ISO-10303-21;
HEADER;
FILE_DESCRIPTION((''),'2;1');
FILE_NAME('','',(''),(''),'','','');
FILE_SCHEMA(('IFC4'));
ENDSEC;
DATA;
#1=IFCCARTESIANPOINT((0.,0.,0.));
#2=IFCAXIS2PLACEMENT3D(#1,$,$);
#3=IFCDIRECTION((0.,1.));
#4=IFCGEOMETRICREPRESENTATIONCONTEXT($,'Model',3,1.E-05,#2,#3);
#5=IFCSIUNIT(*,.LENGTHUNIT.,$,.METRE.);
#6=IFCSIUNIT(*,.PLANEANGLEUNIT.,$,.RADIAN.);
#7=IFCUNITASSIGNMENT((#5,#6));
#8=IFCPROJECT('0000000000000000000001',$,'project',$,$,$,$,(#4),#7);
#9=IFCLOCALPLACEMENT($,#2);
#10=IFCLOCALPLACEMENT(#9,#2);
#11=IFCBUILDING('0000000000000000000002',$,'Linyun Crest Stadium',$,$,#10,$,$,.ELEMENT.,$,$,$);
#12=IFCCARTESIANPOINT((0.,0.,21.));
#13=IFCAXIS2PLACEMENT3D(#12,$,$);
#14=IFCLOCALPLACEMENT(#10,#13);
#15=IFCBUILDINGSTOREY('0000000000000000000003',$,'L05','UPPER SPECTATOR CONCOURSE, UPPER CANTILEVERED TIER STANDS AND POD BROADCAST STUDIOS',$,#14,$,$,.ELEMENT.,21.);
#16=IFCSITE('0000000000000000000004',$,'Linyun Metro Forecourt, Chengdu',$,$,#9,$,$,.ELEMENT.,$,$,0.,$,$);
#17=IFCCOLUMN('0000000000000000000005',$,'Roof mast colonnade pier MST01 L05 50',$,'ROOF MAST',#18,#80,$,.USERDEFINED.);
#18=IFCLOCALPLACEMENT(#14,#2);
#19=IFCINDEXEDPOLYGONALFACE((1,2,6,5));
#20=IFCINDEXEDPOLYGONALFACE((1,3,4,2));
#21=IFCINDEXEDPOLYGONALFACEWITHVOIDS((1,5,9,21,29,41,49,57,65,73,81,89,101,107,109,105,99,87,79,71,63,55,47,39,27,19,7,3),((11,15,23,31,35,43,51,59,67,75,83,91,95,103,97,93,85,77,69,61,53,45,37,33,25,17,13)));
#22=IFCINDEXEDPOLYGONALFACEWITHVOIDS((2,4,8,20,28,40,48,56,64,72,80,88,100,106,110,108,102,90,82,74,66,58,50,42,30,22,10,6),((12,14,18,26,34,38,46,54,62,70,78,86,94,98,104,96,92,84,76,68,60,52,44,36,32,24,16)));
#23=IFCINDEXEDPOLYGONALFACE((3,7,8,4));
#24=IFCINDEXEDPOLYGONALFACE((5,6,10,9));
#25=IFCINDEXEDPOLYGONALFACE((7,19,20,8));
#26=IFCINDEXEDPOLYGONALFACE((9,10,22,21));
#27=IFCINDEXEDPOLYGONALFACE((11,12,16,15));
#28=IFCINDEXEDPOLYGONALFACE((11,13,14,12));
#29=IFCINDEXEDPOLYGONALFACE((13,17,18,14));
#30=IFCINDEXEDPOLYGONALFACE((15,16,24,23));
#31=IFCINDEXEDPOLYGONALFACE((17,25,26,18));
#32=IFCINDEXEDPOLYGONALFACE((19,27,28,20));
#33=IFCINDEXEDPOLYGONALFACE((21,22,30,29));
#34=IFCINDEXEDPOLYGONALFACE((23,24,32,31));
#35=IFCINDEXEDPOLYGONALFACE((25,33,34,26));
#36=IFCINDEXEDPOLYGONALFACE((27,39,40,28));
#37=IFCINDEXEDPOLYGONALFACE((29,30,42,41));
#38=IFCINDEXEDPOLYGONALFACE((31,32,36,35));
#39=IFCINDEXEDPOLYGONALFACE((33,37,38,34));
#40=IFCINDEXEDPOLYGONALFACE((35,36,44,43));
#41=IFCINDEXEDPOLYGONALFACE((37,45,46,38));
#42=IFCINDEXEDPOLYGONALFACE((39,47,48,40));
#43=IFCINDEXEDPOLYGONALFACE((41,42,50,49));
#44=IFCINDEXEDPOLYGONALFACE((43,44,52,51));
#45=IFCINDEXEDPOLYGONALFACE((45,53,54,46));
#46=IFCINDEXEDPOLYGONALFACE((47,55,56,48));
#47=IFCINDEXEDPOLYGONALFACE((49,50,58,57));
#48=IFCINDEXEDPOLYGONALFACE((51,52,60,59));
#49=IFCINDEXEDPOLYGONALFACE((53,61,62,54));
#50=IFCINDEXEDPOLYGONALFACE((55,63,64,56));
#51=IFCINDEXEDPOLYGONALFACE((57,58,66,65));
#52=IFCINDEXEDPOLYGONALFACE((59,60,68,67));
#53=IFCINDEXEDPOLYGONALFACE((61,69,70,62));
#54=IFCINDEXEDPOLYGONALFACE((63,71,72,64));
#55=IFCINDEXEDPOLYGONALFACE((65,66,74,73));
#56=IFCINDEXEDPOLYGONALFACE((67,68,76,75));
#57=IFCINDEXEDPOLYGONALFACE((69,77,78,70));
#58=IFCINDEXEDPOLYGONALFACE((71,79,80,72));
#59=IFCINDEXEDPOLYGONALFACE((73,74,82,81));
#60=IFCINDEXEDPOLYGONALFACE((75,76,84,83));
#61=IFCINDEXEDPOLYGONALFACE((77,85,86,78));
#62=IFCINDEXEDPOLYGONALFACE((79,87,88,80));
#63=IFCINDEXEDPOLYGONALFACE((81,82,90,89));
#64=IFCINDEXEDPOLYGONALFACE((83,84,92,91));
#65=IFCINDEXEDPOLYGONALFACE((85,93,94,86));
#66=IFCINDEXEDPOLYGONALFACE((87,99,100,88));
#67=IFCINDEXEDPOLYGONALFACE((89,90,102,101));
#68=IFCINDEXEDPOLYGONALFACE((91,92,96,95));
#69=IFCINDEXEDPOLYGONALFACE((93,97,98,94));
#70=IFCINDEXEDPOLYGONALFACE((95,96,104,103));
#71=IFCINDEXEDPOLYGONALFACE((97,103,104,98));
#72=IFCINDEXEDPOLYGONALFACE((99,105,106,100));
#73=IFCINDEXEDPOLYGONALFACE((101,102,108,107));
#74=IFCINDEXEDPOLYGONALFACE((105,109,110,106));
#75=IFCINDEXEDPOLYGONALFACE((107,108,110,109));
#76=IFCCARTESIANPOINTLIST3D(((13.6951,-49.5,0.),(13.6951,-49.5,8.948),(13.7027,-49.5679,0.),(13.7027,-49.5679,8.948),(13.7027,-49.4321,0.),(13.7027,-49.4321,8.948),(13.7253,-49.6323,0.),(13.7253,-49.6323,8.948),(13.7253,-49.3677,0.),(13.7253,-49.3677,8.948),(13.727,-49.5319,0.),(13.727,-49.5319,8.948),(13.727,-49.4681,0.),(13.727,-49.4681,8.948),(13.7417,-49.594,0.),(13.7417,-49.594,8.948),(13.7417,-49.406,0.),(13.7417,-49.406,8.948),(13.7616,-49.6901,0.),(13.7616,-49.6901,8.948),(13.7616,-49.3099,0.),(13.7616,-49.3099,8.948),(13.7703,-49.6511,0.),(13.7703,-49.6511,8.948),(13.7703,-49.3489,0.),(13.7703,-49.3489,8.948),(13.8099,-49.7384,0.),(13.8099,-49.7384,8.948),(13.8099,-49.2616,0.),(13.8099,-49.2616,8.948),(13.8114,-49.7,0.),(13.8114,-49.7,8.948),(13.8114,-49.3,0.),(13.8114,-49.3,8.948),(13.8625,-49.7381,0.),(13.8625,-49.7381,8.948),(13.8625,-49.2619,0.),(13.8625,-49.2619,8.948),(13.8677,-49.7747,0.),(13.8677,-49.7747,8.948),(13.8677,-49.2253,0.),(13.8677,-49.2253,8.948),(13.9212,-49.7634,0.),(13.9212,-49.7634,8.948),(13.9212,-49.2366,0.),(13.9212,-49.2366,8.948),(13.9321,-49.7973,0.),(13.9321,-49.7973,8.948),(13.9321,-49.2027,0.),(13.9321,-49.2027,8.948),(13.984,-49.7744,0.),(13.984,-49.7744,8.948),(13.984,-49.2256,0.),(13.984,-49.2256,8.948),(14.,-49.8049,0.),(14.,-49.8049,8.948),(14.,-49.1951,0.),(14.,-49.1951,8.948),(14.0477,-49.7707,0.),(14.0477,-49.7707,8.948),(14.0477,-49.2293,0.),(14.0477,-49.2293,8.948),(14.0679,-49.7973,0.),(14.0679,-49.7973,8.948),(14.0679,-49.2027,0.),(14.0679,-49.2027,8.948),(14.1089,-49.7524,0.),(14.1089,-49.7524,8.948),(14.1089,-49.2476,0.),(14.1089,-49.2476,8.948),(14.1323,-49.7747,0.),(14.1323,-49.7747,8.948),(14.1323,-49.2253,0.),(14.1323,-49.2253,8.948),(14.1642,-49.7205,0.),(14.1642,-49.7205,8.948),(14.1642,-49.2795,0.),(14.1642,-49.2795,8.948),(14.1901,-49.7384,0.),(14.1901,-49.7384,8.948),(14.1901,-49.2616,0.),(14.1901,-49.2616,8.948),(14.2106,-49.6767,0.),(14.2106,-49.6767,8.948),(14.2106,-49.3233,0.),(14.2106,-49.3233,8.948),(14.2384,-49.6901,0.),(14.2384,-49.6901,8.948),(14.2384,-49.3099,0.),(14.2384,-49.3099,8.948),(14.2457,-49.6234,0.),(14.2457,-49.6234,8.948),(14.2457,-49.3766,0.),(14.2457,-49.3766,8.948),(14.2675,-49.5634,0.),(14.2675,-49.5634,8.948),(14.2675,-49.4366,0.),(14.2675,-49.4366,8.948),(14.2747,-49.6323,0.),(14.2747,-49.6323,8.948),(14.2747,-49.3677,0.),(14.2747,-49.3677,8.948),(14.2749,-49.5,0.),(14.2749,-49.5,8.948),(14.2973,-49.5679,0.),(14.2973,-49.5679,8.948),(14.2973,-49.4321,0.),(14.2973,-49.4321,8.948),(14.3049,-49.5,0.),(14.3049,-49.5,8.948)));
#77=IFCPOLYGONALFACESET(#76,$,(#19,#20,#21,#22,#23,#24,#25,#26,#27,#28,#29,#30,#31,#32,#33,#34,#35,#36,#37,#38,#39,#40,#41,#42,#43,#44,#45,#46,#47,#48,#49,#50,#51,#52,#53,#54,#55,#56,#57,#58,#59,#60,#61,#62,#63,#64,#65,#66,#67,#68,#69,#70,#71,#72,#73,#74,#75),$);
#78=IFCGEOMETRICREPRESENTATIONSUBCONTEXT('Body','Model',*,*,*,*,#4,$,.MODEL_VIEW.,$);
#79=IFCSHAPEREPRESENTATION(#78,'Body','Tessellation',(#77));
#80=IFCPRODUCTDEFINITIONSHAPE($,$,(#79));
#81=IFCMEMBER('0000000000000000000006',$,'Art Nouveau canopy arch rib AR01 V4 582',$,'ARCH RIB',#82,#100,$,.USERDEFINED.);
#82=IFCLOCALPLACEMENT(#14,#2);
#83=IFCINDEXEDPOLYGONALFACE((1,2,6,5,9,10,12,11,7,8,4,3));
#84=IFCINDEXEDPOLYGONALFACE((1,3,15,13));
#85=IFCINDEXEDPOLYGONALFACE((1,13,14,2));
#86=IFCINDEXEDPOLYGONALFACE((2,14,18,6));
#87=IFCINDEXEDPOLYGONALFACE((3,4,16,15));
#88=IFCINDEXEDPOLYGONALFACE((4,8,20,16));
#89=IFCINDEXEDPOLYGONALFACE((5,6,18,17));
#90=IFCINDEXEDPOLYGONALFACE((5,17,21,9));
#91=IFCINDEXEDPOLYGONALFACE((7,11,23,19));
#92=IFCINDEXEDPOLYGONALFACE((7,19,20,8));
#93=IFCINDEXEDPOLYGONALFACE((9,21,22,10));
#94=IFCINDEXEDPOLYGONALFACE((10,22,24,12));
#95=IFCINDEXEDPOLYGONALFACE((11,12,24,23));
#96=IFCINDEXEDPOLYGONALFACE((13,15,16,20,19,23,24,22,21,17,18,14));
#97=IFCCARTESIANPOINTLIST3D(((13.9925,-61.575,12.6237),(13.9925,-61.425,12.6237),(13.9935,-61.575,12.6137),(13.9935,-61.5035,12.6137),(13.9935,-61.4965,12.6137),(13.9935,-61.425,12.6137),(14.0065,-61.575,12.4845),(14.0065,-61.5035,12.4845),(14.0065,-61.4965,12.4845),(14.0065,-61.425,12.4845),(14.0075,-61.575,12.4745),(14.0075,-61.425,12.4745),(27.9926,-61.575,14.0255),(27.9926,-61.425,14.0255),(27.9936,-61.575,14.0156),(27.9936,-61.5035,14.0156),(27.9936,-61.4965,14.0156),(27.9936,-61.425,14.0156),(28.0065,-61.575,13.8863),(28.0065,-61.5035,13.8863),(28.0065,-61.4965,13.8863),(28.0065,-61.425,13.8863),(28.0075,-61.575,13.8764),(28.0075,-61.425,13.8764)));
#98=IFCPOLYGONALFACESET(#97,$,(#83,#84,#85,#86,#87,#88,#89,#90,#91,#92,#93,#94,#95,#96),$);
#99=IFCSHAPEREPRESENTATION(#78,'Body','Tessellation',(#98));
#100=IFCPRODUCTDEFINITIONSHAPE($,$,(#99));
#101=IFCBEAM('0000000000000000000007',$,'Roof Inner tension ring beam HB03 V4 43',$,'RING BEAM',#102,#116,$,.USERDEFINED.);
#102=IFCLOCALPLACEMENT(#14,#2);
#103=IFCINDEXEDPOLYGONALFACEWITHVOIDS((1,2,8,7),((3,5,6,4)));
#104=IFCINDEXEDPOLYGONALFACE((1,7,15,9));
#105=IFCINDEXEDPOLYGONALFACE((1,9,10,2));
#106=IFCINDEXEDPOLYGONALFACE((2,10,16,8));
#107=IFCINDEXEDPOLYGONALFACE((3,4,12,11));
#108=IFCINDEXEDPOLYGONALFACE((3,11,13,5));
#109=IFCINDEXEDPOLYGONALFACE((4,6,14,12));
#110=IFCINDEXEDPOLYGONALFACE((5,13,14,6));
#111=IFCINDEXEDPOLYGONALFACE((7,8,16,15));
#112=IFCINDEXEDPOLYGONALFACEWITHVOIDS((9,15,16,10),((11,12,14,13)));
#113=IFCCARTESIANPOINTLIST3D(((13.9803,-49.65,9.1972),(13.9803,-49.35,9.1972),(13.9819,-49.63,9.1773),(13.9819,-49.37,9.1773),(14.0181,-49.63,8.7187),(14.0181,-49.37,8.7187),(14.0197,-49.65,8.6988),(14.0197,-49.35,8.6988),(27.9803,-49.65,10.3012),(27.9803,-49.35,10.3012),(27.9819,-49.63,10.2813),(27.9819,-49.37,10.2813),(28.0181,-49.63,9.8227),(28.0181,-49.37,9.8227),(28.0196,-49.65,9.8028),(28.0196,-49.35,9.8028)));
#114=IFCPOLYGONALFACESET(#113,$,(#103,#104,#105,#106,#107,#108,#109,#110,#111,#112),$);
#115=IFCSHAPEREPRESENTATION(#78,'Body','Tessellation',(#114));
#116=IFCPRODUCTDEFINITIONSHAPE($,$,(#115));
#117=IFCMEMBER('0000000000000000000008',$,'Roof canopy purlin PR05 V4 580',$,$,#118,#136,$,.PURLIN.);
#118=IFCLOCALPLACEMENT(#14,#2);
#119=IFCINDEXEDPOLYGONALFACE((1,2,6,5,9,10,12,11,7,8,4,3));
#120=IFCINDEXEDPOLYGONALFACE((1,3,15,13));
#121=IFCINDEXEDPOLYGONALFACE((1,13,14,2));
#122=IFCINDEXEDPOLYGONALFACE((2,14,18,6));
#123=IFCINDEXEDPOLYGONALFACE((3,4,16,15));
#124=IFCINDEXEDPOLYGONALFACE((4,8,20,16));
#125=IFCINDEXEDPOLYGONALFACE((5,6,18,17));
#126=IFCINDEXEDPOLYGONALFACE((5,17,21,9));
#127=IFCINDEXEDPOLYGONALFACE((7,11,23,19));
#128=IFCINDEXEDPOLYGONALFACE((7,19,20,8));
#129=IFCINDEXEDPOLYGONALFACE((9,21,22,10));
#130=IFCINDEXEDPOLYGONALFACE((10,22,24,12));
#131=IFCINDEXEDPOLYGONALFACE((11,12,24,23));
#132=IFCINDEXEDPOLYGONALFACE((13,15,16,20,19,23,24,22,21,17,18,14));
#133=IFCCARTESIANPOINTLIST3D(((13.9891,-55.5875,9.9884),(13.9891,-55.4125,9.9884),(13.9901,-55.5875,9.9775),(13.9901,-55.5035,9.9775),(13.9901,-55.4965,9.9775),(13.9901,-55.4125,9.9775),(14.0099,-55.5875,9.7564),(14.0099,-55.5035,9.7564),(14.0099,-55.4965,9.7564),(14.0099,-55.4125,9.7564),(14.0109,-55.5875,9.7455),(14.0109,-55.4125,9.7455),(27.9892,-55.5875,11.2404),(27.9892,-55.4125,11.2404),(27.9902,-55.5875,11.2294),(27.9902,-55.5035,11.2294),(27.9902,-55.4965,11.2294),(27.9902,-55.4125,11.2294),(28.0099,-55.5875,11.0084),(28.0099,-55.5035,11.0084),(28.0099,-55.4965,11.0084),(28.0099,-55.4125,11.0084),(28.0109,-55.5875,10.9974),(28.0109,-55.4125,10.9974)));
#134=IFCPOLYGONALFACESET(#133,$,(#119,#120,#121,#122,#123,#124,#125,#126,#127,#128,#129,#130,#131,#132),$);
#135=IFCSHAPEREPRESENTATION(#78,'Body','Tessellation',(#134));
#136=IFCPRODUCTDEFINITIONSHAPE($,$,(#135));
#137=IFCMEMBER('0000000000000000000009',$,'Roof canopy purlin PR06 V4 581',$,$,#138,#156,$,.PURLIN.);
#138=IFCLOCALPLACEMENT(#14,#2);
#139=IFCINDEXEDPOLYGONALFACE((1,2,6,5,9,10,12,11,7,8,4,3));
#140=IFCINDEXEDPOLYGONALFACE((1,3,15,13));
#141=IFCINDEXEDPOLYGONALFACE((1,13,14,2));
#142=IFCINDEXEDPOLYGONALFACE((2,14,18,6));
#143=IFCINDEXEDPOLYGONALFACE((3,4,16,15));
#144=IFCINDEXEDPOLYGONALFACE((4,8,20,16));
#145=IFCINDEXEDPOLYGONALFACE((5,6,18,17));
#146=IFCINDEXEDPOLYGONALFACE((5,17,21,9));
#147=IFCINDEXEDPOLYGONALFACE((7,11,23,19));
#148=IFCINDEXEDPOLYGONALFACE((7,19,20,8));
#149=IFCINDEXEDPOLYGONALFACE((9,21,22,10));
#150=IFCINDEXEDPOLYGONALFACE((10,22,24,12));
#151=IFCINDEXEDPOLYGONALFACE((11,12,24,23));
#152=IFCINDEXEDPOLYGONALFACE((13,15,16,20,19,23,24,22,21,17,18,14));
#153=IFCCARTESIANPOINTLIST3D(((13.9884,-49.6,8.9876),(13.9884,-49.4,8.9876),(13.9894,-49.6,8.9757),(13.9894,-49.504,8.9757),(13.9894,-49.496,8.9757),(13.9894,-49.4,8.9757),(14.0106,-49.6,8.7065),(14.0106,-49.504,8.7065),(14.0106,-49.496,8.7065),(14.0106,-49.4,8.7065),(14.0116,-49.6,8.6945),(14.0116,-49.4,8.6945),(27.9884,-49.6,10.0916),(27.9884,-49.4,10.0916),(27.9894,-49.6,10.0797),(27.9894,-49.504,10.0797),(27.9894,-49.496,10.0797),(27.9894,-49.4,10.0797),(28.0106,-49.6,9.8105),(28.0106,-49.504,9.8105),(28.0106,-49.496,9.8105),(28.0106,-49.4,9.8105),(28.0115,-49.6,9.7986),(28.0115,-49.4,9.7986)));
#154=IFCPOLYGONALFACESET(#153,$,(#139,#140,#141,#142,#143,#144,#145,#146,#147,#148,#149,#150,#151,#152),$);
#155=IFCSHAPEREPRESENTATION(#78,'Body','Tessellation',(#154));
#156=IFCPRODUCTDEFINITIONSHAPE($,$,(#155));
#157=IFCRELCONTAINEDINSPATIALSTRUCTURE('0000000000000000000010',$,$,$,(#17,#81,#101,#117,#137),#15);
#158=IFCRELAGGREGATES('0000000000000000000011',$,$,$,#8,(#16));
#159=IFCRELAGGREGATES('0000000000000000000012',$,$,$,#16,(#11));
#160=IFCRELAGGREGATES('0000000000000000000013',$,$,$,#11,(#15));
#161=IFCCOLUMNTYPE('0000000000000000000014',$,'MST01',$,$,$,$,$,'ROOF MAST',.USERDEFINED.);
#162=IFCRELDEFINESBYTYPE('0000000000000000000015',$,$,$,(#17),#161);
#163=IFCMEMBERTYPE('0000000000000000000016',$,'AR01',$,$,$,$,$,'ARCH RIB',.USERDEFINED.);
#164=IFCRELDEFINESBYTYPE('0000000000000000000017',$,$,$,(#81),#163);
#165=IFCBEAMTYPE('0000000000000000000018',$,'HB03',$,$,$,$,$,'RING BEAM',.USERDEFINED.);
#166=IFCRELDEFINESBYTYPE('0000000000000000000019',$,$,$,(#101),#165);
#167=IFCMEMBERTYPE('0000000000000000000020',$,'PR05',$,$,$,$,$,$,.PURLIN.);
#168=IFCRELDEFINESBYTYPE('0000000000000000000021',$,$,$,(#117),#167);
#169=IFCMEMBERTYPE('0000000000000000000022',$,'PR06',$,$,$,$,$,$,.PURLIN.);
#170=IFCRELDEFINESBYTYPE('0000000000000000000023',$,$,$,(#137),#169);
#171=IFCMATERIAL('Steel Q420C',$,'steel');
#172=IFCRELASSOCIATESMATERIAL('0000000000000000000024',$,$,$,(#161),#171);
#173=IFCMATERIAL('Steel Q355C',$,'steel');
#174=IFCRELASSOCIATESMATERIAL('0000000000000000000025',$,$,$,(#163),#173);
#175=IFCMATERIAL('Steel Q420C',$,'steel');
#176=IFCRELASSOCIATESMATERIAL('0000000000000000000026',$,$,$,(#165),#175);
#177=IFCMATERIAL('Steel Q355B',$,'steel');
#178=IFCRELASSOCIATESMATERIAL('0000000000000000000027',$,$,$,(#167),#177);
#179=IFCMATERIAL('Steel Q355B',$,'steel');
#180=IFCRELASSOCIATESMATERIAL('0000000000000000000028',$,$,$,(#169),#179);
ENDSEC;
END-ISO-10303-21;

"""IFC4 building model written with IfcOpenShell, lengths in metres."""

from ifc_helpers import new_model, si_unit, direction, frame, origin, origin_2d, place, context, subcontext, project, spatial, hollow_rectangle, hollow_circle, i_section, extrude, material, material_profile, profile_set, type_object, element, save


model = new_model("IFC4")

# Units and contexts
model_context = context("Model", 3, precision=1e-05, world=origin(), true_north=direction((0.0, 1.0)))
body_context = subcontext(model_context, "Body", "Model", "MODEL_VIEW")
ifc_project = project(units=[si_unit("LENGTHUNIT", "METRE"), si_unit("PLANEANGLEUNIT", "RADIAN")], contexts=[model_context])

# Site, building, storey
site_placement = place(None, origin())
site = spatial("IfcSite", under=ifc_project, at=site_placement, Name="Linyun Metro Forecourt, Chengdu", CompositionType="ELEMENT", RefElevation=0.0)
building_placement = place(site_placement, origin())
building = spatial("IfcBuilding", under=site, at=building_placement, Name="Linyun Crest Stadium", CompositionType="ELEMENT")
storey_placement = place(building_placement, frame((0.0, 0.0, 21.0)))
storey = spatial("IfcBuildingStorey", under=building, at=storey_placement, Name="L05", Description="UPPER SPECTATOR CONCOURSE, UPPER CANTILEVERED TIER STANDS AND POD BROADCAST STUDIOS", CompositionType="ELEMENT", Elevation=21.0)

# Column
ifc_material_1 = material(Name="Steel Q420C", Category="steel")
ifc_material_profile_1 = material_profile(ifc_material_1, hollow_circle(Radius=0.3049, WallThickness=0.03, at=origin_2d()), Name="CHS 610x30")
ifc_profile_set_1 = profile_set([ifc_material_profile_1], Name="Steel Q420C")
column_type = type_object("IfcColumnType", Name="MST01", ElementType="ROOF MAST", PredefinedType="USERDEFINED", material=ifc_profile_set_1)
column_placement = place(storey_placement, frame((14.0, -49.5, 0.0), z_axis=(0.0, 0.0, 1.0), x_axis=(1.0, 0.0, 0.0)))
element("IfcColumn", 1, at=column_placement, inside=storey, type_object=column_type, Name="Roof mast colonnade pier MST01 L05 50", ObjectType="ROOF MAST", PredefinedType="USERDEFINED", context=body_context, shape_type="SweptSolid", body=[
    extrude(hollow_circle(Radius=0.3049, WallThickness=0.03, at=origin_2d()), origin(), (0.0, 0.0, 1.0), 8.948),
])

# Member
ifc_material_2 = material(Name="Steel Q355C", Category="steel")
ifc_material_profile_2 = material_profile(ifc_material_2, i_section(OverallWidth=0.1499, OverallDepth=0.1499, WebThickness=0.0071, FlangeThickness=0.01, at=origin_2d()), Name="HW 150x150")
ifc_profile_set_2 = profile_set([ifc_material_profile_2], Name="Steel Q355C")
member_type_1 = type_object("IfcMemberType", Name="AR01", ElementType="ARCH RIB", PredefinedType="USERDEFINED", material=ifc_profile_set_2)
member_1_placement = place(storey_placement, frame((14.0, -61.5, 12.5491), z_axis=(0.995024, 0.0, 0.099634), x_axis=(0.0, 1.0, 0.0)))
element("IfcMember", 2, at=member_1_placement, inside=storey, type_object=member_type_1, Name="Art Nouveau canopy arch rib AR01 V4 582", ObjectType="ARCH RIB", PredefinedType="USERDEFINED", context=body_context, shape_type="SweptSolid", body=[
    extrude(i_section(OverallWidth=0.1499, OverallDepth=0.1499, WebThickness=0.0071, FlangeThickness=0.01, at=origin_2d()), origin(), (0.0, 0.0, 1.0), 14.0701),
])

# Beam
ifc_material_3 = material(Name="Steel Q420C", Category="steel")
ifc_material_profile_3 = material_profile(ifc_material_3, hollow_rectangle(XDim=0.3, YDim=0.5, WallThickness=0.02, at=origin_2d()), Name="RHS 500x300x20")
ifc_profile_set_3 = profile_set([ifc_material_profile_3], Name="Steel Q420C")
beam_type = type_object("IfcBeamType", Name="HB03", ElementType="RING BEAM", PredefinedType="USERDEFINED", material=ifc_profile_set_3)
beam_placement = place(storey_placement, frame((14.0, -49.5, 8.948), z_axis=(0.996905, 0.0, 0.078613), x_axis=(0.0, 1.0, 0.0)))
element("IfcBeam", 3, at=beam_placement, inside=storey, type_object=beam_type, Name="Roof Inner tension ring beam HB03 V4 43", ObjectType="RING BEAM", PredefinedType="USERDEFINED", context=body_context, shape_type="SweptSolid", body=[
    extrude(hollow_rectangle(XDim=0.3, YDim=0.5, WallThickness=0.02, at=origin_2d()), origin(), (0.0, 0.0, 1.0), 14.0435),
])

# Members
ifc_material_4 = material(Name="Steel Q355B", Category="steel")
ifc_material_profile_4 = material_profile(ifc_material_4, i_section(OverallWidth=0.175, OverallDepth=0.2439, WebThickness=0.0071, FlangeThickness=0.011, at=origin_2d()), Name="HM 244x175")
ifc_profile_set_4 = profile_set([ifc_material_profile_4], Name="Steel Q355B")
member_type_2 = type_object("IfcMemberType", Name="PR05", PredefinedType="PURLIN", material=ifc_profile_set_4)
member_2_placement = place(storey_placement, frame((14.0, -55.5, 9.8669), z_axis=(0.996025, 0.0, 0.08907), x_axis=(0.0, 1.0, 0.0)))
element("IfcMember", 4, at=member_2_placement, inside=storey, type_object=member_type_2, Name="Roof canopy purlin PR05 V4 580", PredefinedType="PURLIN", context=body_context, shape_type="SweptSolid", body=[
    extrude(i_section(OverallWidth=0.175, OverallDepth=0.2439, WebThickness=0.0071, FlangeThickness=0.011, at=origin_2d()), origin(), (0.0, 0.0, 1.0), 14.0559),
])
ifc_material_5 = material(Name="Steel Q355B", Category="steel")
ifc_material_profile_5 = material_profile(ifc_material_5, i_section(OverallWidth=0.2, OverallDepth=0.2939, WebThickness=0.0081, FlangeThickness=0.012, at=origin_2d()), Name="HM 294x200")
ifc_profile_set_5 = profile_set([ifc_material_profile_5], Name="Steel Q355B")
member_type_3 = type_object("IfcMemberType", Name="PR06", PredefinedType="PURLIN", material=ifc_profile_set_5)
member_3_placement = place(storey_placement, frame((14.0, -49.5, 8.8411), z_axis=(0.996905, 0.0, 0.078613), x_axis=(0.0, 1.0, 0.0)))
element("IfcMember", 5, at=member_3_placement, inside=storey, type_object=member_type_3, Name="Roof canopy purlin PR06 V4 581", PredefinedType="PURLIN", context=body_context, shape_type="SweptSolid", body=[
    extrude(i_section(OverallWidth=0.2, OverallDepth=0.2939, WebThickness=0.0081, FlangeThickness=0.012, at=origin_2d()), origin(), (0.0, 0.0, 1.0), 14.0435),
])

save(model, "model.ifc")
